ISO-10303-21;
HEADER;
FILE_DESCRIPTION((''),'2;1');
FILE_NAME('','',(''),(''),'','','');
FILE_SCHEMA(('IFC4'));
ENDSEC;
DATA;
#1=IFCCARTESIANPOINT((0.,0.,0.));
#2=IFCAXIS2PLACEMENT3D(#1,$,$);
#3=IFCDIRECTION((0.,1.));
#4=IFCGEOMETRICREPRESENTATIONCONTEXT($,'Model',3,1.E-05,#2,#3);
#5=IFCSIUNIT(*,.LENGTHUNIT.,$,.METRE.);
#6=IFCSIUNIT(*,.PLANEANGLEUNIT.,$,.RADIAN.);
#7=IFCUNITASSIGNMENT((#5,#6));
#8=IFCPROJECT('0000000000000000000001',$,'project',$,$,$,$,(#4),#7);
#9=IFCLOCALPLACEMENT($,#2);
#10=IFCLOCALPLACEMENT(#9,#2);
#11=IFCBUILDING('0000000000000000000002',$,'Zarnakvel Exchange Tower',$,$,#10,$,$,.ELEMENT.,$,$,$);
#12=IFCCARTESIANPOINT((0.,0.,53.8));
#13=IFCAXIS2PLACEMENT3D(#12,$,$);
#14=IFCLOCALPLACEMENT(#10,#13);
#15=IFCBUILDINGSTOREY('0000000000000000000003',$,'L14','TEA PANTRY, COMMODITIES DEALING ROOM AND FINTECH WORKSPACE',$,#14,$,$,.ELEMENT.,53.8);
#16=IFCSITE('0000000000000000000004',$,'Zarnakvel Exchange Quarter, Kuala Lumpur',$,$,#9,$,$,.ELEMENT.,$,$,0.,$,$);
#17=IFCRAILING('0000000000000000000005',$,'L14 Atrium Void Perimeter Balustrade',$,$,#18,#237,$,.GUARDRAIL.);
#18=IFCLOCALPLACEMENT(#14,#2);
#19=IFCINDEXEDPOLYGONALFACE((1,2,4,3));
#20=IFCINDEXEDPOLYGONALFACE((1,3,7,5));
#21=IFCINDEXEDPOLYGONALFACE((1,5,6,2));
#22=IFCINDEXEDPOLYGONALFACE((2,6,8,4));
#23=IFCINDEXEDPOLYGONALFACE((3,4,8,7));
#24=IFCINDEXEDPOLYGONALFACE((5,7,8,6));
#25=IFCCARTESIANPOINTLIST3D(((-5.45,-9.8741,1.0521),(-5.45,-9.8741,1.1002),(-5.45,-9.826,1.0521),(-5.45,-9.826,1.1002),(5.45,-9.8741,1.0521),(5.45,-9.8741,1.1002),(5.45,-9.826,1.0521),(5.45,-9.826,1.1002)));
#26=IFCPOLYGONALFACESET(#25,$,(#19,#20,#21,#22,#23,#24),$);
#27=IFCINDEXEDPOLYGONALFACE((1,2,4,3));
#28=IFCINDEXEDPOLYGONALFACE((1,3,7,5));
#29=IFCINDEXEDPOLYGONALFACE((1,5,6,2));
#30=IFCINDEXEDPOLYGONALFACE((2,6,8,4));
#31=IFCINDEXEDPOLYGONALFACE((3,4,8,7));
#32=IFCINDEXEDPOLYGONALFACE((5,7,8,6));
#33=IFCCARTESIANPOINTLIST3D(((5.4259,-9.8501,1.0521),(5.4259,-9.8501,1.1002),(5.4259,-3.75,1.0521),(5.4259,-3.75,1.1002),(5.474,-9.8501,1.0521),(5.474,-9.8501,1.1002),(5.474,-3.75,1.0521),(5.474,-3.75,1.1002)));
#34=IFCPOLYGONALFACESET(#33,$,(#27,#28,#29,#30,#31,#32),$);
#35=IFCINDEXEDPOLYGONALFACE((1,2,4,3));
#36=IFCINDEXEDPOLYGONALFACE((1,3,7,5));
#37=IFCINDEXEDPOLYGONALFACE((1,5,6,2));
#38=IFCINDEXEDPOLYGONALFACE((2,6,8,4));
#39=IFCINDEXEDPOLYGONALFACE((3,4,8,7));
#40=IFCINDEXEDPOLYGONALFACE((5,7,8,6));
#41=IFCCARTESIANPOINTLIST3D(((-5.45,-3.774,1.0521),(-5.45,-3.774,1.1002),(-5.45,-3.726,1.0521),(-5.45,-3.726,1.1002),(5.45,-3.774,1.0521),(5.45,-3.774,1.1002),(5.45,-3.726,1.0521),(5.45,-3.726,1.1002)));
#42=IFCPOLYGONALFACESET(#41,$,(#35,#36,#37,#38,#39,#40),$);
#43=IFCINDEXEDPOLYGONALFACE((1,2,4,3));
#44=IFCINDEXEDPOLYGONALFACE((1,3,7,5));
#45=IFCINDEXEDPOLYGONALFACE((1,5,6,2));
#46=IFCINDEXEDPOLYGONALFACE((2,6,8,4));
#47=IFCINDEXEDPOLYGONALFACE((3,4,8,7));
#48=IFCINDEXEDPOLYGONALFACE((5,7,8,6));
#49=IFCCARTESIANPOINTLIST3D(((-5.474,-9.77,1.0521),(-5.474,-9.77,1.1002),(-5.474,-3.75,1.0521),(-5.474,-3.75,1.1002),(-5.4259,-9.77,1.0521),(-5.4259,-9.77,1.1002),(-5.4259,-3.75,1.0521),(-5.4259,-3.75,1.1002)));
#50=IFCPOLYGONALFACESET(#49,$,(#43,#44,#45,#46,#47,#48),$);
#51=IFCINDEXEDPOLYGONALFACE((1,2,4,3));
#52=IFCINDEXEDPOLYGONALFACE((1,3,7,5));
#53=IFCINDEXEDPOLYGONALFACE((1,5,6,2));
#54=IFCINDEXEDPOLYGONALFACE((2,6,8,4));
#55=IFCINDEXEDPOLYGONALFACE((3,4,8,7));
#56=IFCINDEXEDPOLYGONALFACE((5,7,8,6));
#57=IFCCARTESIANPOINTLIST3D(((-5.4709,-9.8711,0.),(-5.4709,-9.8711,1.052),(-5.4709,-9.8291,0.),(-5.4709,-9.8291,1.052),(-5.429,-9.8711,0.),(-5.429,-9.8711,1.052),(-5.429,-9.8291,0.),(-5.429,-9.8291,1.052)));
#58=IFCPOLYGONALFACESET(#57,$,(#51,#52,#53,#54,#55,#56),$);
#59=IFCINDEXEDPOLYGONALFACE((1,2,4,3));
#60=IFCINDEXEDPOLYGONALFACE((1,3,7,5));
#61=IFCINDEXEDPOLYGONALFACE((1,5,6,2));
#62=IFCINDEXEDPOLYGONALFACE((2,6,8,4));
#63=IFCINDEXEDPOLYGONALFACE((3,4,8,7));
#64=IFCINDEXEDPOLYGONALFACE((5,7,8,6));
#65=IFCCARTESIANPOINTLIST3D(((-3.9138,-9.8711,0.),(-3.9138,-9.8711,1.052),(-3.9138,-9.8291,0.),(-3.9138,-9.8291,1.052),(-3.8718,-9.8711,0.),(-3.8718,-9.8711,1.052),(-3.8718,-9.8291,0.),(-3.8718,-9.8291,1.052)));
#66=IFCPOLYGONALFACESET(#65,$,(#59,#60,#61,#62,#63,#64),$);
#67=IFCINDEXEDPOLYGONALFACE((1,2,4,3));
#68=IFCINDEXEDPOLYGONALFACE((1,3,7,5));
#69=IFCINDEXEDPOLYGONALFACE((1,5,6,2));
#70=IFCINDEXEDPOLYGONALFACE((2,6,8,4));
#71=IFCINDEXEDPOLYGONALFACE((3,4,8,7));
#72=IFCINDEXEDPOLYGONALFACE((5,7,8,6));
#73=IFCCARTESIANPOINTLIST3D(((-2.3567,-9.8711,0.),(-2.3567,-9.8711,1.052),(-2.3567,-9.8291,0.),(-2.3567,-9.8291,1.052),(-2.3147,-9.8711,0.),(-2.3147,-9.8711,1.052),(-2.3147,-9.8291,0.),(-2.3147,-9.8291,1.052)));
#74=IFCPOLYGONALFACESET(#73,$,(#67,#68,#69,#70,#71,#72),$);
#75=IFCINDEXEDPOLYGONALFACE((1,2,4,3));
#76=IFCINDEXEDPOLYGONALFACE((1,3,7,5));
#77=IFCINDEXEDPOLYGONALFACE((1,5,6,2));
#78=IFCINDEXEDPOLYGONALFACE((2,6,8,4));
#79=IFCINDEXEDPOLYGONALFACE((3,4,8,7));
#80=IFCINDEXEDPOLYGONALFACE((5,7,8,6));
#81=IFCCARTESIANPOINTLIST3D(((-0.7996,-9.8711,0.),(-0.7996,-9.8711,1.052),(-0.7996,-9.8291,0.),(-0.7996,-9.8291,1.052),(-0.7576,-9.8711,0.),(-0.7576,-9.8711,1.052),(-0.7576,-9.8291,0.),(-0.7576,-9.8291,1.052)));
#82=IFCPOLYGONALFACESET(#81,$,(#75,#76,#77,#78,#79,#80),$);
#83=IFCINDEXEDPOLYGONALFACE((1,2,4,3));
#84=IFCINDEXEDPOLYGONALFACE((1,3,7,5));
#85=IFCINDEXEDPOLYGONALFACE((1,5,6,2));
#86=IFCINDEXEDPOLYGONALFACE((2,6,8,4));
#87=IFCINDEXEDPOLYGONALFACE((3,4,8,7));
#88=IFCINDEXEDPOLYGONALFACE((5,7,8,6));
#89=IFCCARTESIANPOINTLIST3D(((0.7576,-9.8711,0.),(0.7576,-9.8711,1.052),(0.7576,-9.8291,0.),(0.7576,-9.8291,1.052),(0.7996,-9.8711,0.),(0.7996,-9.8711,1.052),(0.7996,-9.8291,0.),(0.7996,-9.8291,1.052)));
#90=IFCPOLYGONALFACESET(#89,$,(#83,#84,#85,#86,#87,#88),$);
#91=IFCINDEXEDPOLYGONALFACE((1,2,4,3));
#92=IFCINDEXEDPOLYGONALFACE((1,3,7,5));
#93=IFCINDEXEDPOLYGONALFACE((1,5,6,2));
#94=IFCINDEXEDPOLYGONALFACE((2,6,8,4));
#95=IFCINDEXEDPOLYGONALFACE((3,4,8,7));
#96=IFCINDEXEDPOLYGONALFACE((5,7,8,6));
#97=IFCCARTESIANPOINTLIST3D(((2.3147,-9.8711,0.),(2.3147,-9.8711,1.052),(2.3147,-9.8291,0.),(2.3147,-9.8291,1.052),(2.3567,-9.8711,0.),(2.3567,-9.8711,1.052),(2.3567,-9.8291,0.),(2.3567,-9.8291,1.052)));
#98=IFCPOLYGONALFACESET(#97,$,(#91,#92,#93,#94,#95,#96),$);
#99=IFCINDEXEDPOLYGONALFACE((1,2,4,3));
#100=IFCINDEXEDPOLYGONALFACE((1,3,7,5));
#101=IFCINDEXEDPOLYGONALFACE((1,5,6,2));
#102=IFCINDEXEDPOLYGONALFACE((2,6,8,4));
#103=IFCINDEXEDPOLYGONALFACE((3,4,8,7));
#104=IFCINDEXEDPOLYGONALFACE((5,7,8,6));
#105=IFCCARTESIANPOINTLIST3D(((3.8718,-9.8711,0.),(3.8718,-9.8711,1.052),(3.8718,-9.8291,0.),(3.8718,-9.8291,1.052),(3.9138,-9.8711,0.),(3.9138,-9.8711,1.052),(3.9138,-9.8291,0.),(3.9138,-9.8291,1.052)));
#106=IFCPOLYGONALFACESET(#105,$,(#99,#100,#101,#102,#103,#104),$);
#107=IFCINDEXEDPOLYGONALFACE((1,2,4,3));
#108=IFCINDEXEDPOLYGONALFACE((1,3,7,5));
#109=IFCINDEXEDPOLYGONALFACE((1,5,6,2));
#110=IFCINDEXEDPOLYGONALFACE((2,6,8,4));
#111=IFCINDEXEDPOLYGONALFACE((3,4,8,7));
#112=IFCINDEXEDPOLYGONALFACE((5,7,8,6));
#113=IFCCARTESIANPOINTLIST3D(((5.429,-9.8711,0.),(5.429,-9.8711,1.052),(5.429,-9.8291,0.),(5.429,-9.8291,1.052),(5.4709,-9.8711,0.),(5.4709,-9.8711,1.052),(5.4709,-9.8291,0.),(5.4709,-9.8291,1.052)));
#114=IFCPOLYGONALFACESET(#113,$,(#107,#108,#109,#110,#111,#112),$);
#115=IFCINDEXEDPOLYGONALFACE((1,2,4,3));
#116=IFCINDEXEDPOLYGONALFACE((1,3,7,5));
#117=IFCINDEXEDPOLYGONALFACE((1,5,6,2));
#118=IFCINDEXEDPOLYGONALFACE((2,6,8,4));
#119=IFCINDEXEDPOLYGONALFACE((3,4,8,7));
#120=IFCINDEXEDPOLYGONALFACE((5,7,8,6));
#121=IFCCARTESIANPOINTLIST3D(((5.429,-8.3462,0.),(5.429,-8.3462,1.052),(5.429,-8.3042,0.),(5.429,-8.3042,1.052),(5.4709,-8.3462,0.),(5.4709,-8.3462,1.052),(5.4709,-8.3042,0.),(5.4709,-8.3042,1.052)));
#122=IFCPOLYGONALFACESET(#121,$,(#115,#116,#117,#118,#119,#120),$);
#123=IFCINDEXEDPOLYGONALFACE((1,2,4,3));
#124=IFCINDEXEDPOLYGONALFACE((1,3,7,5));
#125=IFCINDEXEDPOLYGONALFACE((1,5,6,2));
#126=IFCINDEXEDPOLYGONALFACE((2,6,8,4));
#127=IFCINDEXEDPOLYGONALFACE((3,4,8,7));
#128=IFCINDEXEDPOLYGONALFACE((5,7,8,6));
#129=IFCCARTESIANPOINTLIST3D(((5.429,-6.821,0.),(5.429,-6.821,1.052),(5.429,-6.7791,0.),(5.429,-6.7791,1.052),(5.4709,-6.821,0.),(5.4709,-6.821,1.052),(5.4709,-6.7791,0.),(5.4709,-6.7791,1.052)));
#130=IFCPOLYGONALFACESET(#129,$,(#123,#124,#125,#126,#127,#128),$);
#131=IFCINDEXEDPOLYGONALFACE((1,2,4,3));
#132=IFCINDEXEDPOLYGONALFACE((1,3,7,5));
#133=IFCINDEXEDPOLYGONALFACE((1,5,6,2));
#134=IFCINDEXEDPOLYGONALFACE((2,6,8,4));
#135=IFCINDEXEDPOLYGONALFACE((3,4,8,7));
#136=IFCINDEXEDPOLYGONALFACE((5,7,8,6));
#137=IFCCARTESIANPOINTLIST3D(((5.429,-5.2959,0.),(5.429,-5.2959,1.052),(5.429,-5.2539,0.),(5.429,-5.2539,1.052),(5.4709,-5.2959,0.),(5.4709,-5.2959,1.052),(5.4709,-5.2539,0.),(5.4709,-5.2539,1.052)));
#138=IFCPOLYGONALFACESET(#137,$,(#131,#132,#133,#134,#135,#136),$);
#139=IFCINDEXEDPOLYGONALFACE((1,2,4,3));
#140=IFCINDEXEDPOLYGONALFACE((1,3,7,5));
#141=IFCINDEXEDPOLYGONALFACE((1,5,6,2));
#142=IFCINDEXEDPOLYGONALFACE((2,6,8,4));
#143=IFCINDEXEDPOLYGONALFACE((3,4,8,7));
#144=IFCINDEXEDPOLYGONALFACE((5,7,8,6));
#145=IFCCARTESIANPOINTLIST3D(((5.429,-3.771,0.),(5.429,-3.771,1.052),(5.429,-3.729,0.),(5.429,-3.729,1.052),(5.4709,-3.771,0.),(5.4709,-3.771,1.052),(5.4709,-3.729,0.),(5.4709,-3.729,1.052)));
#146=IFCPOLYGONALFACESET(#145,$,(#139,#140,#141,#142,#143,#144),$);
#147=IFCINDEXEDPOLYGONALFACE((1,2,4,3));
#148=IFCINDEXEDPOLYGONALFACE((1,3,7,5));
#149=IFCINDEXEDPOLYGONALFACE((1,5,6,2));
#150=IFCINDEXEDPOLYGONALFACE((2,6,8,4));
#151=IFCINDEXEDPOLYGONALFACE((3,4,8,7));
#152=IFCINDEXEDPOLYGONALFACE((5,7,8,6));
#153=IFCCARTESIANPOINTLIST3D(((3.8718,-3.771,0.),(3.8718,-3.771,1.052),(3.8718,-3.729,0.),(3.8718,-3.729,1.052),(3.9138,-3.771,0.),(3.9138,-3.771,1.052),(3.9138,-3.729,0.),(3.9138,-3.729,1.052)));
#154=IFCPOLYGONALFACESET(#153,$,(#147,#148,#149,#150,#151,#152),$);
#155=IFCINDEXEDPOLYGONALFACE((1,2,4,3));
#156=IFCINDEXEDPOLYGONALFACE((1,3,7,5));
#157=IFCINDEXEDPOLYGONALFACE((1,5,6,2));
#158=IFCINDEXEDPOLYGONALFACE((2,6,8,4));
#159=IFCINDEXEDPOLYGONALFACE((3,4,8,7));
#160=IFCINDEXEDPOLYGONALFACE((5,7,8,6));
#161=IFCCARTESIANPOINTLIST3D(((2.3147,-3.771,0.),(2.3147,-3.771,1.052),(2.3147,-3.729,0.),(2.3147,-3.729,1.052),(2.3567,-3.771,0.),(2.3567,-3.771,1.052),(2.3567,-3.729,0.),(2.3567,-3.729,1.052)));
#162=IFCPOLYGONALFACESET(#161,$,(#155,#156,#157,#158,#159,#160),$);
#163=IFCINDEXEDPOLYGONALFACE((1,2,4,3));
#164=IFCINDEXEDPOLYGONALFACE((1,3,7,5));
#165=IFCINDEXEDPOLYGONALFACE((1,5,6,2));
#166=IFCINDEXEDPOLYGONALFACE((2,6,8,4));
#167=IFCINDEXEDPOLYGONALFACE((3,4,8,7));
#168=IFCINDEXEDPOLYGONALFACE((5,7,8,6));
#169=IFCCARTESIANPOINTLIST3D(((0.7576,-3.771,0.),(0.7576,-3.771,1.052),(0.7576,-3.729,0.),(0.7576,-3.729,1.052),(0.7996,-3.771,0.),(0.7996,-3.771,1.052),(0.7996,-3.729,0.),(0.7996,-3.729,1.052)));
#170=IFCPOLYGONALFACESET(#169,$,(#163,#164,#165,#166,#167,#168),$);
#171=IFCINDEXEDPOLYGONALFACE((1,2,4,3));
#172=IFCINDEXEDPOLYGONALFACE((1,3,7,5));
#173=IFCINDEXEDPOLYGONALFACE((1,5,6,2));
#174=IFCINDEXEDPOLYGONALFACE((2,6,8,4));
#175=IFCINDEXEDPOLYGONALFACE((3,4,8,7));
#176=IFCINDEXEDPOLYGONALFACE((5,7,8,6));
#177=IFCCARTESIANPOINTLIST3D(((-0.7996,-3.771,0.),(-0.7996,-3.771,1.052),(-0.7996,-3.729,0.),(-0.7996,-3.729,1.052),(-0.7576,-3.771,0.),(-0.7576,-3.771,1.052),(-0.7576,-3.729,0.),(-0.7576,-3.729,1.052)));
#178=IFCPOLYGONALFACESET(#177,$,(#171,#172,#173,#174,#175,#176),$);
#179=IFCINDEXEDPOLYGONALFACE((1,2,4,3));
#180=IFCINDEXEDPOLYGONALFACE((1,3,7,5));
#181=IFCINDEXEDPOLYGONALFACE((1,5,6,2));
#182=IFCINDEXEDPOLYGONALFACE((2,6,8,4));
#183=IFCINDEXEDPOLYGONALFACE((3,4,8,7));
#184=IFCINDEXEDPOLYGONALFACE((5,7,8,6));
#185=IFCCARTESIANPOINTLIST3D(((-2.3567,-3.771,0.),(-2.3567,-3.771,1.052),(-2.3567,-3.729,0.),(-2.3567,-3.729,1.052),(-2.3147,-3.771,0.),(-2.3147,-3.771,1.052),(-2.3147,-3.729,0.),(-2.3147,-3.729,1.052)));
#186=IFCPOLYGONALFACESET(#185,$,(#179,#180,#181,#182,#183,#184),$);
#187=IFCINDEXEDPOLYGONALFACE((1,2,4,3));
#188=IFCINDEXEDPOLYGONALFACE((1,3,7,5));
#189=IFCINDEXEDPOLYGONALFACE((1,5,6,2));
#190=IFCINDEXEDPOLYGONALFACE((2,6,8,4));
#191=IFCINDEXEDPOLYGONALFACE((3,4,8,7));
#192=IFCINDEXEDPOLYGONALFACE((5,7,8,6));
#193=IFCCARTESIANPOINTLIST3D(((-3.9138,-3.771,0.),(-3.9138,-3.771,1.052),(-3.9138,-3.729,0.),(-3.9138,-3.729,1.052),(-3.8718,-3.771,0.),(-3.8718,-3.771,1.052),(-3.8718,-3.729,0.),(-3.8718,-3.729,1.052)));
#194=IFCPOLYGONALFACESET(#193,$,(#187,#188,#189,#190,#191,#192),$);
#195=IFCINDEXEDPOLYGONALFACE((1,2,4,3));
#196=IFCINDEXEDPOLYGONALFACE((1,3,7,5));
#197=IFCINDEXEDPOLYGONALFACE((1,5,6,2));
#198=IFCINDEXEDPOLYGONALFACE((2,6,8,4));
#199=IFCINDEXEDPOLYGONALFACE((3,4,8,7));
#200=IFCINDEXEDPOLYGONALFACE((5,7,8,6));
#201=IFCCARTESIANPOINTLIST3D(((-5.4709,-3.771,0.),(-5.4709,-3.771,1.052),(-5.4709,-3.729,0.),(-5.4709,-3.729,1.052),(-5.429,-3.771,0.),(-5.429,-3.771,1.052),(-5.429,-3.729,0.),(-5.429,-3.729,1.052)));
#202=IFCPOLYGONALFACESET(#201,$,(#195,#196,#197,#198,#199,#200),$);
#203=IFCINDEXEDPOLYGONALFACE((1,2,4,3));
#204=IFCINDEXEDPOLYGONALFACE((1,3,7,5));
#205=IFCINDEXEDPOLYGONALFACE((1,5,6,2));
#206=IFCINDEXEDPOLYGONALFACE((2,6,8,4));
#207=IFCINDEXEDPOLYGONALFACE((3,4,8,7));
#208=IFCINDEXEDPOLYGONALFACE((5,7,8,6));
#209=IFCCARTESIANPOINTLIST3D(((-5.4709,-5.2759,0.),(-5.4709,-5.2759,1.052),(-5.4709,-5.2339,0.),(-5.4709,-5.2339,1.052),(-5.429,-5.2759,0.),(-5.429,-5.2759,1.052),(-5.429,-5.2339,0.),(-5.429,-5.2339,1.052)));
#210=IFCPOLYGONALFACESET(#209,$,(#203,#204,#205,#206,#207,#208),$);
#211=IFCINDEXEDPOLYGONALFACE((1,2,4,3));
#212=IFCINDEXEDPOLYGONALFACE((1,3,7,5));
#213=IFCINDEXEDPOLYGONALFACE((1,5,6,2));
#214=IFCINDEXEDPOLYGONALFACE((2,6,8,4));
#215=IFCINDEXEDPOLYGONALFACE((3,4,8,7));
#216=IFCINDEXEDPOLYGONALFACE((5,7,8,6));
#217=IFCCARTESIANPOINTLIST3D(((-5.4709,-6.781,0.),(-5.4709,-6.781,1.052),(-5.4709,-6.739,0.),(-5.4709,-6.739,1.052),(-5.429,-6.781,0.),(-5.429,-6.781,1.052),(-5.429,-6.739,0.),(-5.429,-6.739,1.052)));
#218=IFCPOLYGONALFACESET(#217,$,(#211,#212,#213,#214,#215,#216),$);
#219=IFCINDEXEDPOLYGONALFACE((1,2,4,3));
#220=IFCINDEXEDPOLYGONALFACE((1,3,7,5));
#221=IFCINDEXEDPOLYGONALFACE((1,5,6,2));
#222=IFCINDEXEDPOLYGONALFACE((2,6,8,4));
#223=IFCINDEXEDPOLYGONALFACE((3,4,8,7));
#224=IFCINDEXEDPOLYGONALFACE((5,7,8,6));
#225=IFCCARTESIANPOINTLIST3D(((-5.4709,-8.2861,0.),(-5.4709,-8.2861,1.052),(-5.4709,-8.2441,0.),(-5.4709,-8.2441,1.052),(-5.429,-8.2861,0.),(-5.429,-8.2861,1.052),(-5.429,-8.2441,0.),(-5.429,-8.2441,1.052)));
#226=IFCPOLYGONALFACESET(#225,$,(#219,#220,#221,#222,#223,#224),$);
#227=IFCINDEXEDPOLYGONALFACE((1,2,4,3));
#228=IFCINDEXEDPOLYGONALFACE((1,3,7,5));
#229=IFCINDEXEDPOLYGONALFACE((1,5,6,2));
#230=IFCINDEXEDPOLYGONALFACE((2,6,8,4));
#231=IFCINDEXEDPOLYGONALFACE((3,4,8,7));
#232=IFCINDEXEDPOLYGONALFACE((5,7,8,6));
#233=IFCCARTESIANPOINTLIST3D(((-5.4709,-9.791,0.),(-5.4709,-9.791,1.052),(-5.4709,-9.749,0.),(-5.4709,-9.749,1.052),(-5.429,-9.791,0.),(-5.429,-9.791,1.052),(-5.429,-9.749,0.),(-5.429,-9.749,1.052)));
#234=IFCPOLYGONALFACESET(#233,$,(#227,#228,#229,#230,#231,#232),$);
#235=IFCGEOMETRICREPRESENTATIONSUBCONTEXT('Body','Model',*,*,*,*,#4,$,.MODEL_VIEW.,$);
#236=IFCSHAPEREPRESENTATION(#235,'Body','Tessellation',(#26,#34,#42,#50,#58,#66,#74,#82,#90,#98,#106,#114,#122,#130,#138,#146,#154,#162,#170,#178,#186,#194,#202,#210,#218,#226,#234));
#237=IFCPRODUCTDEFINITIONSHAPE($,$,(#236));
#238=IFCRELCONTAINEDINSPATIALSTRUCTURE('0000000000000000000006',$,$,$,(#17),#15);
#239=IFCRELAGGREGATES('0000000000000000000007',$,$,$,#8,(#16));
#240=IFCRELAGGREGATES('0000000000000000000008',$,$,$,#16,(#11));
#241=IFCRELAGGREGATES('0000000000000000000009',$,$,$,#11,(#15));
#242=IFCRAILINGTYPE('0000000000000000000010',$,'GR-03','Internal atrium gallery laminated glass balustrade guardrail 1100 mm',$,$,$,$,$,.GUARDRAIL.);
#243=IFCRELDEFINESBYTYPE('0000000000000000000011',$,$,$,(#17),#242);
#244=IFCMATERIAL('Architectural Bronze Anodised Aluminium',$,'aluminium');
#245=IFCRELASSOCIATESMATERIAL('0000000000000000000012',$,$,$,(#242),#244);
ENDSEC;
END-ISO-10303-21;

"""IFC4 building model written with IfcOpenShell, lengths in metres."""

from ifc_helpers import new_model, si_unit, direction, frame, origin, origin_2d, place, context, subcontext, project, spatial, rectangle, extrude, material, type_object, element, save


model = new_model("IFC4")

# Units and contexts
model_context = context("Model", 3, precision=1e-05, world=origin(), true_north=direction((0.0, 1.0)))
body_context = subcontext(model_context, "Body", "Model", "MODEL_VIEW")
ifc_project = project(units=[si_unit("LENGTHUNIT", "METRE"), si_unit("PLANEANGLEUNIT", "RADIAN")], contexts=[model_context])

# Site, building, storey
site_placement = place(None, origin())
site = spatial("IfcSite", under=ifc_project, at=site_placement, Name="Zarnakvel Exchange Quarter, Kuala Lumpur", CompositionType="ELEMENT", RefElevation=0.0)
building_placement = place(site_placement, origin())
building = spatial("IfcBuilding", under=site, at=building_placement, Name="Zarnakvel Exchange Tower", CompositionType="ELEMENT")
storey_placement = place(building_placement, frame((0.0, 0.0, 53.8)))
storey = spatial("IfcBuildingStorey", under=building, at=storey_placement, Name="L14", Description="TEA PANTRY, COMMODITIES DEALING ROOM AND FINTECH WORKSPACE", CompositionType="ELEMENT", Elevation=53.8)

# Railing
ifc_material_1 = material(Name="Architectural Bronze Anodised Aluminium", Category="aluminium")
railing_type = type_object("IfcRailingType", Name="GR-03", Description="Internal atrium gallery laminated glass balustrade guardrail 1100 mm", PredefinedType="GUARDRAIL", material=ifc_material_1)
railing_placement = place(storey_placement, frame((-5.45, -9.8501, 0.0)))
element("IfcRailing", 1, at=railing_placement, inside=storey, type_object=railing_type, Name="L14 Atrium Void Perimeter Balustrade", PredefinedType="GUARDRAIL", context=body_context, shape_type="SweptSolid", body=[
    extrude(rectangle(XDim=0.0481, YDim=0.0481, at=origin_2d()), frame((0.0, 0.0, 1.0762), z_axis=(1.0, 0.0, 0.0), x_axis=(0.0, 1.0, 0.0)), (0.0, 0.0, 1.0), 10.8999),
    extrude(rectangle(XDim=0.0481, YDim=0.0481, at=origin_2d()), frame((10.8999, 0.0, 1.0762), z_axis=(0.0, 1.0, 0.0), x_axis=(-1.0, 0.0, 0.0)), (0.0, 0.0, 1.0), 6.1001),
    extrude(rectangle(XDim=0.0481, YDim=0.0481, at=origin_2d()), frame((10.8999, 6.1001, 1.0762), z_axis=(-1.0, 0.0, 0.0), x_axis=(0.0, -1.0, 0.0)), (0.0, 0.0, 1.0), 10.8999),
    extrude(rectangle(XDim=0.0481, YDim=0.0481, at=origin_2d()), frame((0.0, 6.1001, 1.0762), z_axis=(0.0, -1.0, 0.0), x_axis=(1.0, 0.0, 0.0)), (0.0, 0.0, 1.0), 6.02),
    extrude(rectangle(XDim=0.042, YDim=0.042, at=origin_2d()), origin(), (0.0, 0.0, 1.0), 1.052),
    extrude(rectangle(XDim=0.042, YDim=0.042, at=origin_2d()), frame((1.5571, 0.0, 0.0)), (0.0, 0.0, 1.0), 1.052),
    extrude(rectangle(XDim=0.042, YDim=0.042, at=origin_2d()), frame((3.1143, 0.0, 0.0)), (0.0, 0.0, 1.0), 1.052),
    extrude(rectangle(XDim=0.042, YDim=0.042, at=origin_2d()), frame((4.6714, 0.0, 0.0)), (0.0, 0.0, 1.0), 1.052),
    extrude(rectangle(XDim=0.042, YDim=0.042, at=origin_2d()), frame((6.2285, 0.0, 0.0)), (0.0, 0.0, 1.0), 1.052),
    extrude(rectangle(XDim=0.042, YDim=0.042, at=origin_2d()), frame((7.7856, 0.0, 0.0)), (0.0, 0.0, 1.0), 1.052),
    extrude(rectangle(XDim=0.042, YDim=0.042, at=origin_2d()), frame((9.3428, 0.0, 0.0)), (0.0, 0.0, 1.0), 1.052),
    extrude(rectangle(XDim=0.042, YDim=0.042, at=origin_2d()), frame((10.8999, 0.0, 0.0)), (0.0, 0.0, 1.0), 1.052),
    extrude(rectangle(XDim=0.042, YDim=0.042, at=origin_2d()), frame((10.8999, 1.5249, 0.0)), (0.0, 0.0, 1.0), 1.052),
    extrude(rectangle(XDim=0.042, YDim=0.042, at=origin_2d()), frame((10.8999, 3.05, 0.0)), (0.0, 0.0, 1.0), 1.052),
    extrude(rectangle(XDim=0.042, YDim=0.042, at=origin_2d()), frame((10.8999, 4.5752, 0.0)), (0.0, 0.0, 1.0), 1.052),
    extrude(rectangle(XDim=0.042, YDim=0.042, at=origin_2d()), frame((10.8999, 6.1001, 0.0)), (0.0, 0.0, 1.0), 1.052),
    extrude(rectangle(XDim=0.042, YDim=0.042, at=origin_2d()), frame((9.3428, 6.1001, 0.0)), (0.0, 0.0, 1.0), 1.052),
    extrude(rectangle(XDim=0.042, YDim=0.042, at=origin_2d()), frame((7.7856, 6.1001, 0.0)), (0.0, 0.0, 1.0), 1.052),
    extrude(rectangle(XDim=0.042, YDim=0.042, at=origin_2d()), frame((6.2285, 6.1001, 0.0)), (0.0, 0.0, 1.0), 1.052),
    extrude(rectangle(XDim=0.042, YDim=0.042, at=origin_2d()), frame((4.6714, 6.1001, 0.0)), (0.0, 0.0, 1.0), 1.052),
    extrude(rectangle(XDim=0.042, YDim=0.042, at=origin_2d()), frame((3.1143, 6.1001, 0.0)), (0.0, 0.0, 1.0), 1.052),
    extrude(rectangle(XDim=0.042, YDim=0.042, at=origin_2d()), frame((1.5571, 6.1001, 0.0)), (0.0, 0.0, 1.0), 1.052),
    extrude(rectangle(XDim=0.042, YDim=0.042, at=origin_2d()), frame((0.0, 6.1001, 0.0)), (0.0, 0.0, 1.0), 1.052),
    extrude(rectangle(XDim=0.042, YDim=0.042, at=origin_2d()), frame((0.0, 4.5952, 0.0)), (0.0, 0.0, 1.0), 1.052),
    extrude(rectangle(XDim=0.042, YDim=0.042, at=origin_2d()), frame((0.0, 3.0901, 0.0)), (0.0, 0.0, 1.0), 1.052),
    extrude(rectangle(XDim=0.042, YDim=0.042, at=origin_2d()), frame((0.0, 1.585, 0.0)), (0.0, 0.0, 1.0), 1.052),
    extrude(rectangle(XDim=0.042, YDim=0.042, at=origin_2d()), frame((0.0, 0.0801, 0.0)), (0.0, 0.0, 1.0), 1.052),
])

save(model, "model.ifc")
